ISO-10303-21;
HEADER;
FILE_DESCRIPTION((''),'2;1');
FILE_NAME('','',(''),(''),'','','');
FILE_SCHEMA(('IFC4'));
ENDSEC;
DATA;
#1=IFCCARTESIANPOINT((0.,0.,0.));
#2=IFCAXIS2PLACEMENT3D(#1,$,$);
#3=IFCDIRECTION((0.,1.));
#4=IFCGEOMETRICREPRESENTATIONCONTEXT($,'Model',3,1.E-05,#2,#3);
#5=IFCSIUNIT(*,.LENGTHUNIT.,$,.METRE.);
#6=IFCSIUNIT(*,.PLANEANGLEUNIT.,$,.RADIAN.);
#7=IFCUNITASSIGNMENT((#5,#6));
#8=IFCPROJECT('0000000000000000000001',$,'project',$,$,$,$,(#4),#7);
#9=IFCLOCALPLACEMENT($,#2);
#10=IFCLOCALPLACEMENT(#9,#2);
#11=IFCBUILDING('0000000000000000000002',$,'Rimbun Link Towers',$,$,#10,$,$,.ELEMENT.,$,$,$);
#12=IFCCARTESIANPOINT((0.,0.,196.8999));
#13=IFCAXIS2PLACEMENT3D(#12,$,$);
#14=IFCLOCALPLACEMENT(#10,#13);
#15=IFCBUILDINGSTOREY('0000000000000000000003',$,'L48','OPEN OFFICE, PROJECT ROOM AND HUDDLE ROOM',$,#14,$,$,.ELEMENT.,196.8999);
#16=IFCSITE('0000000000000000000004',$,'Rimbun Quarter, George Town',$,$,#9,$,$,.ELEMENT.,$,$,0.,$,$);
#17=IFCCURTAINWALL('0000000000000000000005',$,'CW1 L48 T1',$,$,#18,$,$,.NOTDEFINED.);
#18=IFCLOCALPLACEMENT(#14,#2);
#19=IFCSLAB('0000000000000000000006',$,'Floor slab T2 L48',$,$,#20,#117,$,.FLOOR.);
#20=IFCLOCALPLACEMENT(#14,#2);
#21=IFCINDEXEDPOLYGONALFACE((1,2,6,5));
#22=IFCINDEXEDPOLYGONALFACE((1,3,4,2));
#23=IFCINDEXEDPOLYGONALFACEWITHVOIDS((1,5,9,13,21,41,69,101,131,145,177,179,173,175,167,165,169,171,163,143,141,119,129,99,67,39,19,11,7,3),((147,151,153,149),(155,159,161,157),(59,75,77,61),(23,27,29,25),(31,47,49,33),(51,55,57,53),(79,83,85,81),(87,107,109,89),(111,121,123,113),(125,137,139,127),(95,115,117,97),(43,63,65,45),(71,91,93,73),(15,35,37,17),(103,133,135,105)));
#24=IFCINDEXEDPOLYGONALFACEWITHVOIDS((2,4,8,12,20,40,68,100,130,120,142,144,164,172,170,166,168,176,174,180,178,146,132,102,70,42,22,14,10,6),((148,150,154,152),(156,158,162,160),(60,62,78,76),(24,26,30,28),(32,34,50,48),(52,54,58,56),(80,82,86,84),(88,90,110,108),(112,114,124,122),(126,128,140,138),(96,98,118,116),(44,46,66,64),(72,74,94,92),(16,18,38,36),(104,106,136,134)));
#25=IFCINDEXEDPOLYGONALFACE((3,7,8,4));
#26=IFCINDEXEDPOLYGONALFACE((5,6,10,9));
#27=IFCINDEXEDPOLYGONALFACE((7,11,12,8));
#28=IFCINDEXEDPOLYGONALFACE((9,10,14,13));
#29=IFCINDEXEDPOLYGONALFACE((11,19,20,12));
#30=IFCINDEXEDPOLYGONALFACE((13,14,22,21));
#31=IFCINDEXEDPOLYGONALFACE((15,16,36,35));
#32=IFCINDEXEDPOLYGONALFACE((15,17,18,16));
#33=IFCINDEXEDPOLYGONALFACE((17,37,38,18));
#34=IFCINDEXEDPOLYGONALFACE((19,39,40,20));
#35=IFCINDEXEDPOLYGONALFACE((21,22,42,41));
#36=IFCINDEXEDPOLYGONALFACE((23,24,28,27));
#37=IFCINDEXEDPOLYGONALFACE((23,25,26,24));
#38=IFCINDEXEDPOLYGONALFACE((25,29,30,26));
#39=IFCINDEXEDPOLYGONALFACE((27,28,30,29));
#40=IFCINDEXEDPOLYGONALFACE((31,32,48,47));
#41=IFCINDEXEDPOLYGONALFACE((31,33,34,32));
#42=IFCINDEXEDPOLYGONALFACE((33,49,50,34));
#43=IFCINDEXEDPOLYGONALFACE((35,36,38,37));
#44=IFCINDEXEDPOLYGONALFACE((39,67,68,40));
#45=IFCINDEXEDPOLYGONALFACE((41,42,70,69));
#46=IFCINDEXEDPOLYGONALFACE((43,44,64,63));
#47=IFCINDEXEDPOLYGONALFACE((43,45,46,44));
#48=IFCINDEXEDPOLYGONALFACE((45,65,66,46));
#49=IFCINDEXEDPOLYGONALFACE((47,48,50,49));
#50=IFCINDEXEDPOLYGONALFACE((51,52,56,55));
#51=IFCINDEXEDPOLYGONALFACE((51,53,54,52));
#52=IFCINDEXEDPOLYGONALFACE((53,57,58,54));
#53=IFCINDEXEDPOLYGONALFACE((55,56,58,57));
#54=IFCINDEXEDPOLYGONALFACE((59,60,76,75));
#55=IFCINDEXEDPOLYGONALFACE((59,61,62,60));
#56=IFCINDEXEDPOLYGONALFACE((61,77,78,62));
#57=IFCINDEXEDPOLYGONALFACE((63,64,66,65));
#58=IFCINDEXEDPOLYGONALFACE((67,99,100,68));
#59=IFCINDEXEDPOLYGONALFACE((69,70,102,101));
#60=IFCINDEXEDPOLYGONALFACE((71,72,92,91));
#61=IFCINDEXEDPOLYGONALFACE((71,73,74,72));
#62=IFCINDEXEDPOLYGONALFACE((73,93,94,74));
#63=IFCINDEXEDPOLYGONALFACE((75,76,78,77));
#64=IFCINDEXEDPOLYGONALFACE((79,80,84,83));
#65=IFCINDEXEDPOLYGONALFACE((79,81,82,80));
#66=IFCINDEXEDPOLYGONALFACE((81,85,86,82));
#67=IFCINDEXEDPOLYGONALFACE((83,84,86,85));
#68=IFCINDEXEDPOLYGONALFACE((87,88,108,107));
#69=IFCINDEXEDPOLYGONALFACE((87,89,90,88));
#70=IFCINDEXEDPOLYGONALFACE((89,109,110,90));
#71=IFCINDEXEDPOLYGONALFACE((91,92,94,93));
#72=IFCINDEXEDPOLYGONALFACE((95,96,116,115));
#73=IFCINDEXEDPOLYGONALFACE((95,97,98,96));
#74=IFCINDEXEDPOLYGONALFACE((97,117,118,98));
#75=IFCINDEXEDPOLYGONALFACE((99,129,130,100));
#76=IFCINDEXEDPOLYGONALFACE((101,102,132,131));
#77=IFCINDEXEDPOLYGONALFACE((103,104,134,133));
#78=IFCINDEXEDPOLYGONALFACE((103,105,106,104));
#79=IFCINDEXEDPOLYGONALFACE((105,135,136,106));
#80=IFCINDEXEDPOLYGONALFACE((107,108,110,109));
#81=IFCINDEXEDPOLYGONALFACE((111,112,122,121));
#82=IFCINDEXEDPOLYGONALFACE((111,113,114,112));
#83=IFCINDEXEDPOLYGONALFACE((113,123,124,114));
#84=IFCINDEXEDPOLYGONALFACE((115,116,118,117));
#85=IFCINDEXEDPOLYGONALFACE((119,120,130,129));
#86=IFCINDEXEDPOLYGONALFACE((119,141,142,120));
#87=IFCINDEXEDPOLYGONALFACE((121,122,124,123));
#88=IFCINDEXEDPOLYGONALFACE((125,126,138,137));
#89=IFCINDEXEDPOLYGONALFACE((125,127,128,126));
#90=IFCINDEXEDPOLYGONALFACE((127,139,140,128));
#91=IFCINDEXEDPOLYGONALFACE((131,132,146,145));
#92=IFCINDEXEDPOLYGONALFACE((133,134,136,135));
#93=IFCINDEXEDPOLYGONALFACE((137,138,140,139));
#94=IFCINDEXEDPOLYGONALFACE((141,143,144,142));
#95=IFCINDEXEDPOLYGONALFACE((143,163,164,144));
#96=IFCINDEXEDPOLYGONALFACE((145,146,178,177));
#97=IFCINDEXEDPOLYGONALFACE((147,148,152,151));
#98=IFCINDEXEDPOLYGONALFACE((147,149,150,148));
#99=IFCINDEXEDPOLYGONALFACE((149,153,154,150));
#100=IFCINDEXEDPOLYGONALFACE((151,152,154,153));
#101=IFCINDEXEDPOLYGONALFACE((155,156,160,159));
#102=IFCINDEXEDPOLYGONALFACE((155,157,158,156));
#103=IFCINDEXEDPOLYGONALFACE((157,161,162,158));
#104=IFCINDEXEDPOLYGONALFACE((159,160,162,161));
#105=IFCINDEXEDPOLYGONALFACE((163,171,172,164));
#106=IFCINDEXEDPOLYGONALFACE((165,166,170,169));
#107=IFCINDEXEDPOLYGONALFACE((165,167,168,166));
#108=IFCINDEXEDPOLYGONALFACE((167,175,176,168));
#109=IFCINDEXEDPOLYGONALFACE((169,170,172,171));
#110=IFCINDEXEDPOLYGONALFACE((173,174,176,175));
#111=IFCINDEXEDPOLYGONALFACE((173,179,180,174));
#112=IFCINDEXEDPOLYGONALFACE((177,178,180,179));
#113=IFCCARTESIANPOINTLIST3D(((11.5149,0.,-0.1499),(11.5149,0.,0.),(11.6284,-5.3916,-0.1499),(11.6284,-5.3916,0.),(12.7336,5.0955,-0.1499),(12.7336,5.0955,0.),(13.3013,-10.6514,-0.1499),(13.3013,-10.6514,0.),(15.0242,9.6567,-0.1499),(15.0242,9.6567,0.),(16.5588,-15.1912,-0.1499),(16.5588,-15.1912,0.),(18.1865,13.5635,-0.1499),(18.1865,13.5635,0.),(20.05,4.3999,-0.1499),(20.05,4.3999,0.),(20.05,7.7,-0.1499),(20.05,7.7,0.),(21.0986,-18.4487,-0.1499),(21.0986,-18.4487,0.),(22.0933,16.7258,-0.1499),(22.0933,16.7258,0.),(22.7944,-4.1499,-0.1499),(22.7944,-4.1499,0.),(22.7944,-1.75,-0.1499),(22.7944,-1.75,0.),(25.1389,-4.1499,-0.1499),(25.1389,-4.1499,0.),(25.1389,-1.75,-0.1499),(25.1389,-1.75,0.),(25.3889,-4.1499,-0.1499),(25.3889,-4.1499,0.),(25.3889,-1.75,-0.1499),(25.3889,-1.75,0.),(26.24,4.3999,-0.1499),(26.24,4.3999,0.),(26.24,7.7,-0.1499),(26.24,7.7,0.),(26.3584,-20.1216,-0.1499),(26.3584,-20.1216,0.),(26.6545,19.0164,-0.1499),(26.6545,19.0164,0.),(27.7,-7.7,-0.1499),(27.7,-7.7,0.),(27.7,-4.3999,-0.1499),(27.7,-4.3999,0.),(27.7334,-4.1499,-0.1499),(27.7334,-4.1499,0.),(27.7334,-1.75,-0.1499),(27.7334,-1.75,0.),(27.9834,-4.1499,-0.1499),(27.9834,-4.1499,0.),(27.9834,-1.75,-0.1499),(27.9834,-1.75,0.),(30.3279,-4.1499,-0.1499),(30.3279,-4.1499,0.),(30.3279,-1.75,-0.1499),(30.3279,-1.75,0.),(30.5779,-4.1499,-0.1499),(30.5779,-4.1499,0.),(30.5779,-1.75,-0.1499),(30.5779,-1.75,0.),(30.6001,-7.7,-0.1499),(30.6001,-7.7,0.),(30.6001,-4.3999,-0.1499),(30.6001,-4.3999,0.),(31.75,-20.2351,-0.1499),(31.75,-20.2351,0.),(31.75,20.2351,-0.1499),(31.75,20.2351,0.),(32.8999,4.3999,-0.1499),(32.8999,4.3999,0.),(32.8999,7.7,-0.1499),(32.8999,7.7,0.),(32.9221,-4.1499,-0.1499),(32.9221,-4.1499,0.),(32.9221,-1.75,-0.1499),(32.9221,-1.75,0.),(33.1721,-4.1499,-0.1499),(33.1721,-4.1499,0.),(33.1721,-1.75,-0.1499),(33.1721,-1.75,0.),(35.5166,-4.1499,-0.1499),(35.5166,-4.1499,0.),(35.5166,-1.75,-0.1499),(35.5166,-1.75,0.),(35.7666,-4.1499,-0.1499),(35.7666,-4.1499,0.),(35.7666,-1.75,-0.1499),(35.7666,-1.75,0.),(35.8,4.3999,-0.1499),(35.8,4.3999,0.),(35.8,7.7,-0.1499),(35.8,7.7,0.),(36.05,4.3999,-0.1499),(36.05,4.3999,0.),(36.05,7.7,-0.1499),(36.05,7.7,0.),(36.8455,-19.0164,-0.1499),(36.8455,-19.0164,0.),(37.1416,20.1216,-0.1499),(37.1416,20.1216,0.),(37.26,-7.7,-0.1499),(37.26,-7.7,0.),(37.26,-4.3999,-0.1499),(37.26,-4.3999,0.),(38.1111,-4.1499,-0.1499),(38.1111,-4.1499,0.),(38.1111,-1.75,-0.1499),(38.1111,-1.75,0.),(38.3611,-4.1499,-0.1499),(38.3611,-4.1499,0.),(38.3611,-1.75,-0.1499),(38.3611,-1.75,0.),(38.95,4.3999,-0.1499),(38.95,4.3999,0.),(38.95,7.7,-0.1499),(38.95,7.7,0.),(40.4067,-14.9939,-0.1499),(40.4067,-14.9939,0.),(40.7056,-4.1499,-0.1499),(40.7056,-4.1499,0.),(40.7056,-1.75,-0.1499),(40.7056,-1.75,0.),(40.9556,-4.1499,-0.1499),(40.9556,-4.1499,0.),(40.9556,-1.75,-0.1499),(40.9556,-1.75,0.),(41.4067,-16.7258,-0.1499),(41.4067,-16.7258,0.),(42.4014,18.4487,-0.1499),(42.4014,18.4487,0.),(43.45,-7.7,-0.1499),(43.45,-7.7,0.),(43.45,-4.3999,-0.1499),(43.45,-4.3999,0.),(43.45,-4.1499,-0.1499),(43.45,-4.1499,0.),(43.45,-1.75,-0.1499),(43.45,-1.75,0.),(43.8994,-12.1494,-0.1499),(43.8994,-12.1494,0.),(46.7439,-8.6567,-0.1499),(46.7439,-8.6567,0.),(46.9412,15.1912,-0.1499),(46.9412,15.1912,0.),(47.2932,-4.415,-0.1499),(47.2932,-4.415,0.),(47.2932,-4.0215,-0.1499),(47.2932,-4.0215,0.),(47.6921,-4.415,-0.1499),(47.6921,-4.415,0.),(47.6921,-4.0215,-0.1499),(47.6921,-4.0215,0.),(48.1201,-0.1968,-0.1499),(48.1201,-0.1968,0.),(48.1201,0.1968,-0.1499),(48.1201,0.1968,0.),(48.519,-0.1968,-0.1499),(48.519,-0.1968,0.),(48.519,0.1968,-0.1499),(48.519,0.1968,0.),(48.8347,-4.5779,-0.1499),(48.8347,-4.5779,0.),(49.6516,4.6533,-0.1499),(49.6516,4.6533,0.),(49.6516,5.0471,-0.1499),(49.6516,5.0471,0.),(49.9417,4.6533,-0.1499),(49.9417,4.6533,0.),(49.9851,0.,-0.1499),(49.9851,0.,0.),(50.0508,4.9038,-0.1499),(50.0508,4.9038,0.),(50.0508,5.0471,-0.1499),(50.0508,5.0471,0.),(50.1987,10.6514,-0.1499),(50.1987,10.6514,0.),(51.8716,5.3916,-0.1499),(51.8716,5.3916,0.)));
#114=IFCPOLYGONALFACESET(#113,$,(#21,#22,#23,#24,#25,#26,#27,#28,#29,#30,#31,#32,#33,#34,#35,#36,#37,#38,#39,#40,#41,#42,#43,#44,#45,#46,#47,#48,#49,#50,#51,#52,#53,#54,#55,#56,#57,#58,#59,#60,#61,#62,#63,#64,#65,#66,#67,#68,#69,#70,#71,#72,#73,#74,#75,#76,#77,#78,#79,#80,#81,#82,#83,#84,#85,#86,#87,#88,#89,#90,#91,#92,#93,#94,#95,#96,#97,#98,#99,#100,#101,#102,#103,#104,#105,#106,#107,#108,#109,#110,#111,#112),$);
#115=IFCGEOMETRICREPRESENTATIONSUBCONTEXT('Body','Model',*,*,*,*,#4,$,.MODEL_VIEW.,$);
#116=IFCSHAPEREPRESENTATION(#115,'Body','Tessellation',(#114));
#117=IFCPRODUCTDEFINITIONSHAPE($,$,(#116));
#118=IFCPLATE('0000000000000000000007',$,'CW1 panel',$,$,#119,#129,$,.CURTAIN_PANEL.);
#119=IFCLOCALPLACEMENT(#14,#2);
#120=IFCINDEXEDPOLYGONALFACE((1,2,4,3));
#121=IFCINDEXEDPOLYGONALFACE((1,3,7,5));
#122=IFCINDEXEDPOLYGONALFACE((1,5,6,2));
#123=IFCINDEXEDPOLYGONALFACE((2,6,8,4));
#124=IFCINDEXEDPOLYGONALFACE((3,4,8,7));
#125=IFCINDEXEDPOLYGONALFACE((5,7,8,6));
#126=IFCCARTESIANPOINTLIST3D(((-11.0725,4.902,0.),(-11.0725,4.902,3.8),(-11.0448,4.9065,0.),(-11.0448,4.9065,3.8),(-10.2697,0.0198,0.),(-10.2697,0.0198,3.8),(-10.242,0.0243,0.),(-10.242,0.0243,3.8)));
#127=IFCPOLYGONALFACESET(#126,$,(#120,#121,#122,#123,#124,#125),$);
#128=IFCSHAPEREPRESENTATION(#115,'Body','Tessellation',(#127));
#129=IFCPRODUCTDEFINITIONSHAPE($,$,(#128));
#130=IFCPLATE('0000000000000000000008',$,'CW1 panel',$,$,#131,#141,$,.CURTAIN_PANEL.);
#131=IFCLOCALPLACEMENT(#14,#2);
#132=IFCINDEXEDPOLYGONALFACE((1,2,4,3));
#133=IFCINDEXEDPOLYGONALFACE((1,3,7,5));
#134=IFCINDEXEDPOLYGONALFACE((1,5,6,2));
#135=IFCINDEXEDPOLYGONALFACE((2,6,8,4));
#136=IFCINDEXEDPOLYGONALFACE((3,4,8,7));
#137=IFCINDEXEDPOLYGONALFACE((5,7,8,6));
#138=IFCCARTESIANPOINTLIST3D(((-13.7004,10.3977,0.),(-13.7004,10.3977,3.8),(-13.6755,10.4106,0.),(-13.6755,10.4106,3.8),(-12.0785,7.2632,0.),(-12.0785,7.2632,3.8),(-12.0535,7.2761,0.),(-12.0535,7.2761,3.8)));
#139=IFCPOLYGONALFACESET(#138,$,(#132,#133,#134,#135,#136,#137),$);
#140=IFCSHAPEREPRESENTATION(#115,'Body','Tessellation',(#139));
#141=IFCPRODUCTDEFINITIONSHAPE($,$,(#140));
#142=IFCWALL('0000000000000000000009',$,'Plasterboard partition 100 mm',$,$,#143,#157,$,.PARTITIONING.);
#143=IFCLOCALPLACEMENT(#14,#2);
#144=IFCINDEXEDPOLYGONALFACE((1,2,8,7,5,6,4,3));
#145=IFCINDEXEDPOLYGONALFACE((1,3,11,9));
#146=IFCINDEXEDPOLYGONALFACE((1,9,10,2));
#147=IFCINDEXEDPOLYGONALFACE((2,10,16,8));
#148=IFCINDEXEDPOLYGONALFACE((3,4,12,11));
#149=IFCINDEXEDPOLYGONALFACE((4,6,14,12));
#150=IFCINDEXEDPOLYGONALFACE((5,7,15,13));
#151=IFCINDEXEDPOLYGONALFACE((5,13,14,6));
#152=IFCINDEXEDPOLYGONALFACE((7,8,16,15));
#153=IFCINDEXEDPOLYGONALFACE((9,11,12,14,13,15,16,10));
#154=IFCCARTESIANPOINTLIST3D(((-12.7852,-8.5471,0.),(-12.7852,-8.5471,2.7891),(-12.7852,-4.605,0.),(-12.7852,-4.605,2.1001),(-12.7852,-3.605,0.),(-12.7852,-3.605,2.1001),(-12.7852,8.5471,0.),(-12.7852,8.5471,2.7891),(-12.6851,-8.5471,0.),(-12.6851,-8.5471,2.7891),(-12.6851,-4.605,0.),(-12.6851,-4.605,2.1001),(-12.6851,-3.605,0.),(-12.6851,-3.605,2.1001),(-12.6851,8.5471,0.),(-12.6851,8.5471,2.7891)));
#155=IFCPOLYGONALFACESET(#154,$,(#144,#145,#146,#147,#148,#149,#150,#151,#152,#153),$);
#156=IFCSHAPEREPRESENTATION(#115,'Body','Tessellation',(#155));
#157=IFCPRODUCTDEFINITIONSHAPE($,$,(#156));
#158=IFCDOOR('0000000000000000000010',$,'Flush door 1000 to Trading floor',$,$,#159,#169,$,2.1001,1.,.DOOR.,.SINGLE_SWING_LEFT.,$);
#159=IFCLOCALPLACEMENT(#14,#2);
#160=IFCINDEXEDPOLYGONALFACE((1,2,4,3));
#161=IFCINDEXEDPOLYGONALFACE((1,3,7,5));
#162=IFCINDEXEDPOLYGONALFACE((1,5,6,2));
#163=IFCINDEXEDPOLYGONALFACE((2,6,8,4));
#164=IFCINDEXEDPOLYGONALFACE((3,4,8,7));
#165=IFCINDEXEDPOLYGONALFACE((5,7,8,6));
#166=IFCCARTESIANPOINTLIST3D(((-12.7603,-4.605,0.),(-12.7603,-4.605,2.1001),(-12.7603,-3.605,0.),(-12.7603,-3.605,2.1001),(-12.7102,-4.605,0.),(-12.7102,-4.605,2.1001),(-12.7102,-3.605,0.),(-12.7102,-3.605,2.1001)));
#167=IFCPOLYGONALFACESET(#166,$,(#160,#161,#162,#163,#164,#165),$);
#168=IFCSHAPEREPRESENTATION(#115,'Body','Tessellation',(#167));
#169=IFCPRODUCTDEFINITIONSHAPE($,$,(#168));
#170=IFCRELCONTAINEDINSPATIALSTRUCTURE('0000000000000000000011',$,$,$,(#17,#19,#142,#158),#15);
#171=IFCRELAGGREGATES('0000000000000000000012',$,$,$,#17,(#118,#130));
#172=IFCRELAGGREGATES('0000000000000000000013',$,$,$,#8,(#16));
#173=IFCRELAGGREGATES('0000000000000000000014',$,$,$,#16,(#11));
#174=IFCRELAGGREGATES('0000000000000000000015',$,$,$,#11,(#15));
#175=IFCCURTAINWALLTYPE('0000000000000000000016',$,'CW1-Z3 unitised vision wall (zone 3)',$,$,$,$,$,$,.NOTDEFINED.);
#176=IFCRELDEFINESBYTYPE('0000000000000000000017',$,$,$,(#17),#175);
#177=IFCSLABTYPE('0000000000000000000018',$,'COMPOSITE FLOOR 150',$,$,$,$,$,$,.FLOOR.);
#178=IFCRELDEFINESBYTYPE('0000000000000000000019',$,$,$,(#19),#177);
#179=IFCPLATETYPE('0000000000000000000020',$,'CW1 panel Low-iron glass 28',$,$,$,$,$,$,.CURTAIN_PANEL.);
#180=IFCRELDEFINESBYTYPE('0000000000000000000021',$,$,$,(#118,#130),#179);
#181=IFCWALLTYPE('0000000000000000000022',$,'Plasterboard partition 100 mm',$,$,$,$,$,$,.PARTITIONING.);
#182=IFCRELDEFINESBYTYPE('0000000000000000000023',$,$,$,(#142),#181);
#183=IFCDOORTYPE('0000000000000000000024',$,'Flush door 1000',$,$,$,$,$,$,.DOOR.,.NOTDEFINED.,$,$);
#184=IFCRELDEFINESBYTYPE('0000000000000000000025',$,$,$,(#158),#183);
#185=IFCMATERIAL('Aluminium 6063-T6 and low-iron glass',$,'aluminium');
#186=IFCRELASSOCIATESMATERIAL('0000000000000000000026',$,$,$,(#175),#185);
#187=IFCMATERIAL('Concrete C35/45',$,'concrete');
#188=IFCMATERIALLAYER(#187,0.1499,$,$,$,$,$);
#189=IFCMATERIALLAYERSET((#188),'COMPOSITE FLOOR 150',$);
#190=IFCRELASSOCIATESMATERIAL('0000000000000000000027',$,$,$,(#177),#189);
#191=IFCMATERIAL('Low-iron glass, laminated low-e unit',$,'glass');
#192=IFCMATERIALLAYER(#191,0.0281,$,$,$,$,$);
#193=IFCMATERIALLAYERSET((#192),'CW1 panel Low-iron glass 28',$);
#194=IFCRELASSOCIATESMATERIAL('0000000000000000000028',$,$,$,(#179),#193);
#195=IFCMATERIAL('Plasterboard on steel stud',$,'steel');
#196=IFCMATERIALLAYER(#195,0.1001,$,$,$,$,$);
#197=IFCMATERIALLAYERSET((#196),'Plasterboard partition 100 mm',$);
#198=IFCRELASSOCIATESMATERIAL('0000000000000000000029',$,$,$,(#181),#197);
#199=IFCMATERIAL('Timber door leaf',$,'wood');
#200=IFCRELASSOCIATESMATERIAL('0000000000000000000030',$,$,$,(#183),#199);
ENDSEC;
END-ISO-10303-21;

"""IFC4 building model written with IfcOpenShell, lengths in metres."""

from ifc_helpers import new_model, si_unit, direction, frame, frame_2d, origin, origin_2d, place, context, subcontext, project, spatial, polyline, rectangle, outline, extrude, material, layer, layer_set, type_object, element, fill, aggregate, save


model = new_model("IFC4")

# Units and contexts
model_context = context("Model", 3, precision=1e-05, world=origin(), true_north=direction((0.0, 1.0)))
body_context = subcontext(model_context, "Body", "Model", "MODEL_VIEW")
ifc_project = project(units=[si_unit("LENGTHUNIT", "METRE"), si_unit("PLANEANGLEUNIT", "RADIAN")], contexts=[model_context])

# Site, building, storey
site_placement = place(None, origin())
site = spatial("IfcSite", under=ifc_project, at=site_placement, Name="Rimbun Quarter, George Town", CompositionType="ELEMENT", RefElevation=0.0)
building_placement = place(site_placement, origin())
building = spatial("IfcBuilding", under=site, at=building_placement, Name="Rimbun Link Towers", CompositionType="ELEMENT")
storey_placement = place(building_placement, frame((0.0, 0.0, 196.8999)))
storey = spatial("IfcBuildingStorey", under=building, at=storey_placement, Name="L48", Description="OPEN OFFICE, PROJECT ROOM AND HUDDLE ROOM", CompositionType="ELEMENT", Elevation=196.8999)

# Curtain wall
ifc_material_1 = material(Name="Aluminium 6063-T6 and low-iron glass", Category="aluminium")
curtain_wall_type = type_object("IfcCurtainWallType", Name="CW1-Z3 unitised vision wall (zone 3)", PredefinedType="NOTDEFINED", material=ifc_material_1)
curtain_wall_placement = place(storey_placement, origin())
curtain_wall = element("IfcCurtainWall", 1, at=curtain_wall_placement, inside=storey, type_object=curtain_wall_type, Name="CW1 L48 T1", PredefinedType="NOTDEFINED")

# Slab
ifc_material_2 = material(Name="Concrete C35/45", Category="concrete")
ifc_layer_1 = layer(ifc_material_2, 0.1499)
ifc_layer_set_1 = layer_set([ifc_layer_1], Name="COMPOSITE FLOOR 150")
slab_type = type_object("IfcSlabType", Name="COMPOSITE FLOOR 150", PredefinedType="FLOOR", material=ifc_layer_set_1)
slab_placement = place(storey_placement, frame((0.0, 0.0, -0.1499)))
element("IfcSlab", 2, at=slab_placement, inside=storey, type_object=slab_type, Name="Floor slab T2 L48", PredefinedType="FLOOR", context=body_context, shape_type="SweptSolid", body=[
    extrude(outline(polyline([(49.9851, 0.0), (48.8347, -4.5779), (46.7439, -8.6567), (43.8994, -12.1494), (40.4067, -14.9939), (41.4067, -16.7258), (36.8455, -19.0164), (31.75, -20.2351), (26.3584, -20.1216), (21.0986, -18.4487), (16.5588, -15.1912), (13.3013, -10.6514), (11.6284, -5.3916), (11.5149, 0.0), (12.7336, 5.0955), (15.0242, 9.6567), (18.1865, 13.5635), (22.0933, 16.7258), (26.6545, 19.0164), (31.75, 20.2351), (37.1416, 20.1216), (42.4014, 18.4487), (46.9412, 15.1912), (50.1987, 10.6514), (51.8716, 5.3916), (50.0508, 4.9038), (50.0508, 5.0471), (49.6516, 5.0471), (49.6516, 4.6533), (49.9417, 4.6533), (49.9851, 0.0)]), holes=[polyline([(30.6001, -7.7), (30.6001, -4.3999), (27.7, -4.3999), (27.7, -7.7), (30.6001, -7.7)]), polyline([(25.1389, -4.1499), (25.1389, -1.75), (22.7944, -1.75), (22.7944, -4.1499), (25.1389, -4.1499)]), polyline([(27.7334, -4.1499), (27.7334, -1.75), (25.3889, -1.75), (25.3889, -4.1499), (27.7334, -4.1499)]), polyline([(30.3279, -4.1499), (30.3279, -1.75), (27.9834, -1.75), (27.9834, -4.1499), (30.3279, -4.1499)]), polyline([(32.9221, -4.1499), (32.9221, -1.75), (30.5779, -1.75), (30.5779, -4.1499), (32.9221, -4.1499)]), polyline([(35.5166, -4.1499), (35.5166, -1.75), (33.1721, -1.75), (33.1721, -4.1499), (35.5166, -4.1499)]), polyline([(26.24, 4.3999), (26.24, 7.7), (20.05, 7.7), (20.05, 4.3999), (26.24, 4.3999)]), polyline([(35.8, 4.3999), (35.8, 7.7), (32.8999, 7.7), (32.8999, 4.3999), (35.8, 4.3999)]), polyline([(43.45, -7.7), (43.45, -4.3999), (37.26, -4.3999), (37.26, -7.7), (43.45, -7.7)]), polyline([(47.6921, -4.415), (47.6921, -4.0215), (47.2932, -4.0215), (47.2932, -4.415), (47.6921, -4.415)]), polyline([(38.1111, -4.1499), (38.1111, -1.75), (35.7666, -1.75), (35.7666, -4.1499), (38.1111, -4.1499)]), polyline([(40.7056, -4.1499), (40.7056, -1.75), (38.3611, -1.75), (38.3611, -4.1499), (40.7056, -4.1499)]), polyline([(43.45, -4.1499), (43.45, -1.75), (40.9556, -1.75), (40.9556, -4.1499), (43.45, -4.1499)]), polyline([(48.519, -0.1968), (48.519, 0.1968), (48.1201, 0.1968), (48.1201, -0.1968), (48.519, -0.1968)]), polyline([(38.95, 4.3999), (38.95, 7.7), (36.05, 7.7), (36.05, 4.3999), (38.95, 4.3999)])]), origin(), (0.0, 0.0, 1.0), 0.1499),
])

# Plates
ifc_material_3 = material(Name="Low-iron glass, laminated low-e unit", Category="glass")
ifc_layer_2 = layer(ifc_material_3, 0.0281)
ifc_layer_set_2 = layer_set([ifc_layer_2], Name="CW1 panel Low-iron glass 28")
plate_type = type_object("IfcPlateType", Name="CW1 panel Low-iron glass 28", PredefinedType="CURTAIN_PANEL", material=ifc_layer_set_2)
plate_1_placement = place(storey_placement, frame((-10.6572, 2.4631, 0.0), z_axis=(0.0, 0.0, 1.0), x_axis=(0.162251, -0.98675, 0.0)))
plate_1 = element("IfcPlate", 3, at=plate_1_placement, type_object=plate_type, Name="CW1 panel", PredefinedType="CURTAIN_PANEL", context=body_context, shape_type="SweptSolid", body=[
    extrude(rectangle(XDim=4.9478, YDim=0.0281, at=origin_2d()), origin(), (0.0, 0.0, 1.0), 3.8),
])
plate_2_placement = place(storey_placement, frame((-12.877, 8.8369, 0.0), z_axis=(0.0, 0.0, 1.0), x_axis=(0.459563, -0.888145, 0.0)))
plate_2 = element("IfcPlate", 4, at=plate_2_placement, type_object=plate_type, Name="CW1 panel", PredefinedType="CURTAIN_PANEL", context=body_context, shape_type="SweptSolid", body=[
    extrude(rectangle(XDim=3.5293, YDim=0.0281, at=origin_2d()), origin(), (0.0, 0.0, 1.0), 3.8),
])
aggregate(curtain_wall, [plate_1, plate_2])

# Wall, opening, door
ifc_material_4 = material(Name="Plasterboard on steel stud", Category="steel")
ifc_layer_3 = layer(ifc_material_4, 0.1001)
ifc_layer_set_3 = layer_set([ifc_layer_3], Name="Plasterboard partition 100 mm")
wall_type = type_object("IfcWallType", Name="Plasterboard partition 100 mm", PredefinedType="PARTITIONING", material=ifc_layer_set_3)
wall_placement = place(storey_placement, frame((-12.7351, 8.5471, 0.0), z_axis=(0.0, 0.0, 1.0), x_axis=(0.0, -1.0, 0.0)))
wall = element("IfcWall", 5, at=wall_placement, inside=storey, type_object=wall_type, Name="Plasterboard partition 100 mm", PredefinedType="PARTITIONING", context=body_context, shape_type="SweptSolid", body=[
    extrude(rectangle(XDim=17.0942, YDim=0.1001, at=frame_2d((8.5471, 0.0))), origin(), (0.0, 0.0, 1.0), 2.7891),
])
opening_placement = place(wall_placement, frame((12.1521, 0.0, 0.0)))
opening = element("IfcOpeningElement", 6, at=opening_placement, cuts=wall, PredefinedType="OPENING", context=body_context, shape_type="SweptSolid", body=[
    extrude(rectangle(XDim=1.0, YDim=2.1001, at=frame_2d((0.5, 1.05))), frame((0.0, 0.0601, 0.0), z_axis=(0.0, -1.0, 0.0), x_axis=(1.0, 0.0, 0.0)), (0.0, 0.0, 1.0), 0.1201),
])
ifc_material_5 = material(Name="Timber door leaf", Category="wood")
door_type = type_object("IfcDoorType", Name="Flush door 1000", OperationType="NOTDEFINED", PredefinedType="DOOR", material=ifc_material_5)
door_placement = place(opening_placement, origin())
door = element("IfcDoor", 7, at=door_placement, inside=storey, type_object=door_type, Name="Flush door 1000 to Trading floor", OperationType="SINGLE_SWING_LEFT", OverallHeight=2.1001, OverallWidth=1.0, PredefinedType="DOOR", context=body_context, shape_type="SweptSolid", body=[
    extrude(rectangle(XDim=1.0, YDim=2.1001, at=frame_2d((0.5, 1.05))), frame((0.0, 0.0249, 0.0), z_axis=(0.0, -1.0, 0.0), x_axis=(1.0, 0.0, 0.0)), (0.0, 0.0, 1.0), 0.05),
])
fill(opening, door)

save(model, "model.ifc")
